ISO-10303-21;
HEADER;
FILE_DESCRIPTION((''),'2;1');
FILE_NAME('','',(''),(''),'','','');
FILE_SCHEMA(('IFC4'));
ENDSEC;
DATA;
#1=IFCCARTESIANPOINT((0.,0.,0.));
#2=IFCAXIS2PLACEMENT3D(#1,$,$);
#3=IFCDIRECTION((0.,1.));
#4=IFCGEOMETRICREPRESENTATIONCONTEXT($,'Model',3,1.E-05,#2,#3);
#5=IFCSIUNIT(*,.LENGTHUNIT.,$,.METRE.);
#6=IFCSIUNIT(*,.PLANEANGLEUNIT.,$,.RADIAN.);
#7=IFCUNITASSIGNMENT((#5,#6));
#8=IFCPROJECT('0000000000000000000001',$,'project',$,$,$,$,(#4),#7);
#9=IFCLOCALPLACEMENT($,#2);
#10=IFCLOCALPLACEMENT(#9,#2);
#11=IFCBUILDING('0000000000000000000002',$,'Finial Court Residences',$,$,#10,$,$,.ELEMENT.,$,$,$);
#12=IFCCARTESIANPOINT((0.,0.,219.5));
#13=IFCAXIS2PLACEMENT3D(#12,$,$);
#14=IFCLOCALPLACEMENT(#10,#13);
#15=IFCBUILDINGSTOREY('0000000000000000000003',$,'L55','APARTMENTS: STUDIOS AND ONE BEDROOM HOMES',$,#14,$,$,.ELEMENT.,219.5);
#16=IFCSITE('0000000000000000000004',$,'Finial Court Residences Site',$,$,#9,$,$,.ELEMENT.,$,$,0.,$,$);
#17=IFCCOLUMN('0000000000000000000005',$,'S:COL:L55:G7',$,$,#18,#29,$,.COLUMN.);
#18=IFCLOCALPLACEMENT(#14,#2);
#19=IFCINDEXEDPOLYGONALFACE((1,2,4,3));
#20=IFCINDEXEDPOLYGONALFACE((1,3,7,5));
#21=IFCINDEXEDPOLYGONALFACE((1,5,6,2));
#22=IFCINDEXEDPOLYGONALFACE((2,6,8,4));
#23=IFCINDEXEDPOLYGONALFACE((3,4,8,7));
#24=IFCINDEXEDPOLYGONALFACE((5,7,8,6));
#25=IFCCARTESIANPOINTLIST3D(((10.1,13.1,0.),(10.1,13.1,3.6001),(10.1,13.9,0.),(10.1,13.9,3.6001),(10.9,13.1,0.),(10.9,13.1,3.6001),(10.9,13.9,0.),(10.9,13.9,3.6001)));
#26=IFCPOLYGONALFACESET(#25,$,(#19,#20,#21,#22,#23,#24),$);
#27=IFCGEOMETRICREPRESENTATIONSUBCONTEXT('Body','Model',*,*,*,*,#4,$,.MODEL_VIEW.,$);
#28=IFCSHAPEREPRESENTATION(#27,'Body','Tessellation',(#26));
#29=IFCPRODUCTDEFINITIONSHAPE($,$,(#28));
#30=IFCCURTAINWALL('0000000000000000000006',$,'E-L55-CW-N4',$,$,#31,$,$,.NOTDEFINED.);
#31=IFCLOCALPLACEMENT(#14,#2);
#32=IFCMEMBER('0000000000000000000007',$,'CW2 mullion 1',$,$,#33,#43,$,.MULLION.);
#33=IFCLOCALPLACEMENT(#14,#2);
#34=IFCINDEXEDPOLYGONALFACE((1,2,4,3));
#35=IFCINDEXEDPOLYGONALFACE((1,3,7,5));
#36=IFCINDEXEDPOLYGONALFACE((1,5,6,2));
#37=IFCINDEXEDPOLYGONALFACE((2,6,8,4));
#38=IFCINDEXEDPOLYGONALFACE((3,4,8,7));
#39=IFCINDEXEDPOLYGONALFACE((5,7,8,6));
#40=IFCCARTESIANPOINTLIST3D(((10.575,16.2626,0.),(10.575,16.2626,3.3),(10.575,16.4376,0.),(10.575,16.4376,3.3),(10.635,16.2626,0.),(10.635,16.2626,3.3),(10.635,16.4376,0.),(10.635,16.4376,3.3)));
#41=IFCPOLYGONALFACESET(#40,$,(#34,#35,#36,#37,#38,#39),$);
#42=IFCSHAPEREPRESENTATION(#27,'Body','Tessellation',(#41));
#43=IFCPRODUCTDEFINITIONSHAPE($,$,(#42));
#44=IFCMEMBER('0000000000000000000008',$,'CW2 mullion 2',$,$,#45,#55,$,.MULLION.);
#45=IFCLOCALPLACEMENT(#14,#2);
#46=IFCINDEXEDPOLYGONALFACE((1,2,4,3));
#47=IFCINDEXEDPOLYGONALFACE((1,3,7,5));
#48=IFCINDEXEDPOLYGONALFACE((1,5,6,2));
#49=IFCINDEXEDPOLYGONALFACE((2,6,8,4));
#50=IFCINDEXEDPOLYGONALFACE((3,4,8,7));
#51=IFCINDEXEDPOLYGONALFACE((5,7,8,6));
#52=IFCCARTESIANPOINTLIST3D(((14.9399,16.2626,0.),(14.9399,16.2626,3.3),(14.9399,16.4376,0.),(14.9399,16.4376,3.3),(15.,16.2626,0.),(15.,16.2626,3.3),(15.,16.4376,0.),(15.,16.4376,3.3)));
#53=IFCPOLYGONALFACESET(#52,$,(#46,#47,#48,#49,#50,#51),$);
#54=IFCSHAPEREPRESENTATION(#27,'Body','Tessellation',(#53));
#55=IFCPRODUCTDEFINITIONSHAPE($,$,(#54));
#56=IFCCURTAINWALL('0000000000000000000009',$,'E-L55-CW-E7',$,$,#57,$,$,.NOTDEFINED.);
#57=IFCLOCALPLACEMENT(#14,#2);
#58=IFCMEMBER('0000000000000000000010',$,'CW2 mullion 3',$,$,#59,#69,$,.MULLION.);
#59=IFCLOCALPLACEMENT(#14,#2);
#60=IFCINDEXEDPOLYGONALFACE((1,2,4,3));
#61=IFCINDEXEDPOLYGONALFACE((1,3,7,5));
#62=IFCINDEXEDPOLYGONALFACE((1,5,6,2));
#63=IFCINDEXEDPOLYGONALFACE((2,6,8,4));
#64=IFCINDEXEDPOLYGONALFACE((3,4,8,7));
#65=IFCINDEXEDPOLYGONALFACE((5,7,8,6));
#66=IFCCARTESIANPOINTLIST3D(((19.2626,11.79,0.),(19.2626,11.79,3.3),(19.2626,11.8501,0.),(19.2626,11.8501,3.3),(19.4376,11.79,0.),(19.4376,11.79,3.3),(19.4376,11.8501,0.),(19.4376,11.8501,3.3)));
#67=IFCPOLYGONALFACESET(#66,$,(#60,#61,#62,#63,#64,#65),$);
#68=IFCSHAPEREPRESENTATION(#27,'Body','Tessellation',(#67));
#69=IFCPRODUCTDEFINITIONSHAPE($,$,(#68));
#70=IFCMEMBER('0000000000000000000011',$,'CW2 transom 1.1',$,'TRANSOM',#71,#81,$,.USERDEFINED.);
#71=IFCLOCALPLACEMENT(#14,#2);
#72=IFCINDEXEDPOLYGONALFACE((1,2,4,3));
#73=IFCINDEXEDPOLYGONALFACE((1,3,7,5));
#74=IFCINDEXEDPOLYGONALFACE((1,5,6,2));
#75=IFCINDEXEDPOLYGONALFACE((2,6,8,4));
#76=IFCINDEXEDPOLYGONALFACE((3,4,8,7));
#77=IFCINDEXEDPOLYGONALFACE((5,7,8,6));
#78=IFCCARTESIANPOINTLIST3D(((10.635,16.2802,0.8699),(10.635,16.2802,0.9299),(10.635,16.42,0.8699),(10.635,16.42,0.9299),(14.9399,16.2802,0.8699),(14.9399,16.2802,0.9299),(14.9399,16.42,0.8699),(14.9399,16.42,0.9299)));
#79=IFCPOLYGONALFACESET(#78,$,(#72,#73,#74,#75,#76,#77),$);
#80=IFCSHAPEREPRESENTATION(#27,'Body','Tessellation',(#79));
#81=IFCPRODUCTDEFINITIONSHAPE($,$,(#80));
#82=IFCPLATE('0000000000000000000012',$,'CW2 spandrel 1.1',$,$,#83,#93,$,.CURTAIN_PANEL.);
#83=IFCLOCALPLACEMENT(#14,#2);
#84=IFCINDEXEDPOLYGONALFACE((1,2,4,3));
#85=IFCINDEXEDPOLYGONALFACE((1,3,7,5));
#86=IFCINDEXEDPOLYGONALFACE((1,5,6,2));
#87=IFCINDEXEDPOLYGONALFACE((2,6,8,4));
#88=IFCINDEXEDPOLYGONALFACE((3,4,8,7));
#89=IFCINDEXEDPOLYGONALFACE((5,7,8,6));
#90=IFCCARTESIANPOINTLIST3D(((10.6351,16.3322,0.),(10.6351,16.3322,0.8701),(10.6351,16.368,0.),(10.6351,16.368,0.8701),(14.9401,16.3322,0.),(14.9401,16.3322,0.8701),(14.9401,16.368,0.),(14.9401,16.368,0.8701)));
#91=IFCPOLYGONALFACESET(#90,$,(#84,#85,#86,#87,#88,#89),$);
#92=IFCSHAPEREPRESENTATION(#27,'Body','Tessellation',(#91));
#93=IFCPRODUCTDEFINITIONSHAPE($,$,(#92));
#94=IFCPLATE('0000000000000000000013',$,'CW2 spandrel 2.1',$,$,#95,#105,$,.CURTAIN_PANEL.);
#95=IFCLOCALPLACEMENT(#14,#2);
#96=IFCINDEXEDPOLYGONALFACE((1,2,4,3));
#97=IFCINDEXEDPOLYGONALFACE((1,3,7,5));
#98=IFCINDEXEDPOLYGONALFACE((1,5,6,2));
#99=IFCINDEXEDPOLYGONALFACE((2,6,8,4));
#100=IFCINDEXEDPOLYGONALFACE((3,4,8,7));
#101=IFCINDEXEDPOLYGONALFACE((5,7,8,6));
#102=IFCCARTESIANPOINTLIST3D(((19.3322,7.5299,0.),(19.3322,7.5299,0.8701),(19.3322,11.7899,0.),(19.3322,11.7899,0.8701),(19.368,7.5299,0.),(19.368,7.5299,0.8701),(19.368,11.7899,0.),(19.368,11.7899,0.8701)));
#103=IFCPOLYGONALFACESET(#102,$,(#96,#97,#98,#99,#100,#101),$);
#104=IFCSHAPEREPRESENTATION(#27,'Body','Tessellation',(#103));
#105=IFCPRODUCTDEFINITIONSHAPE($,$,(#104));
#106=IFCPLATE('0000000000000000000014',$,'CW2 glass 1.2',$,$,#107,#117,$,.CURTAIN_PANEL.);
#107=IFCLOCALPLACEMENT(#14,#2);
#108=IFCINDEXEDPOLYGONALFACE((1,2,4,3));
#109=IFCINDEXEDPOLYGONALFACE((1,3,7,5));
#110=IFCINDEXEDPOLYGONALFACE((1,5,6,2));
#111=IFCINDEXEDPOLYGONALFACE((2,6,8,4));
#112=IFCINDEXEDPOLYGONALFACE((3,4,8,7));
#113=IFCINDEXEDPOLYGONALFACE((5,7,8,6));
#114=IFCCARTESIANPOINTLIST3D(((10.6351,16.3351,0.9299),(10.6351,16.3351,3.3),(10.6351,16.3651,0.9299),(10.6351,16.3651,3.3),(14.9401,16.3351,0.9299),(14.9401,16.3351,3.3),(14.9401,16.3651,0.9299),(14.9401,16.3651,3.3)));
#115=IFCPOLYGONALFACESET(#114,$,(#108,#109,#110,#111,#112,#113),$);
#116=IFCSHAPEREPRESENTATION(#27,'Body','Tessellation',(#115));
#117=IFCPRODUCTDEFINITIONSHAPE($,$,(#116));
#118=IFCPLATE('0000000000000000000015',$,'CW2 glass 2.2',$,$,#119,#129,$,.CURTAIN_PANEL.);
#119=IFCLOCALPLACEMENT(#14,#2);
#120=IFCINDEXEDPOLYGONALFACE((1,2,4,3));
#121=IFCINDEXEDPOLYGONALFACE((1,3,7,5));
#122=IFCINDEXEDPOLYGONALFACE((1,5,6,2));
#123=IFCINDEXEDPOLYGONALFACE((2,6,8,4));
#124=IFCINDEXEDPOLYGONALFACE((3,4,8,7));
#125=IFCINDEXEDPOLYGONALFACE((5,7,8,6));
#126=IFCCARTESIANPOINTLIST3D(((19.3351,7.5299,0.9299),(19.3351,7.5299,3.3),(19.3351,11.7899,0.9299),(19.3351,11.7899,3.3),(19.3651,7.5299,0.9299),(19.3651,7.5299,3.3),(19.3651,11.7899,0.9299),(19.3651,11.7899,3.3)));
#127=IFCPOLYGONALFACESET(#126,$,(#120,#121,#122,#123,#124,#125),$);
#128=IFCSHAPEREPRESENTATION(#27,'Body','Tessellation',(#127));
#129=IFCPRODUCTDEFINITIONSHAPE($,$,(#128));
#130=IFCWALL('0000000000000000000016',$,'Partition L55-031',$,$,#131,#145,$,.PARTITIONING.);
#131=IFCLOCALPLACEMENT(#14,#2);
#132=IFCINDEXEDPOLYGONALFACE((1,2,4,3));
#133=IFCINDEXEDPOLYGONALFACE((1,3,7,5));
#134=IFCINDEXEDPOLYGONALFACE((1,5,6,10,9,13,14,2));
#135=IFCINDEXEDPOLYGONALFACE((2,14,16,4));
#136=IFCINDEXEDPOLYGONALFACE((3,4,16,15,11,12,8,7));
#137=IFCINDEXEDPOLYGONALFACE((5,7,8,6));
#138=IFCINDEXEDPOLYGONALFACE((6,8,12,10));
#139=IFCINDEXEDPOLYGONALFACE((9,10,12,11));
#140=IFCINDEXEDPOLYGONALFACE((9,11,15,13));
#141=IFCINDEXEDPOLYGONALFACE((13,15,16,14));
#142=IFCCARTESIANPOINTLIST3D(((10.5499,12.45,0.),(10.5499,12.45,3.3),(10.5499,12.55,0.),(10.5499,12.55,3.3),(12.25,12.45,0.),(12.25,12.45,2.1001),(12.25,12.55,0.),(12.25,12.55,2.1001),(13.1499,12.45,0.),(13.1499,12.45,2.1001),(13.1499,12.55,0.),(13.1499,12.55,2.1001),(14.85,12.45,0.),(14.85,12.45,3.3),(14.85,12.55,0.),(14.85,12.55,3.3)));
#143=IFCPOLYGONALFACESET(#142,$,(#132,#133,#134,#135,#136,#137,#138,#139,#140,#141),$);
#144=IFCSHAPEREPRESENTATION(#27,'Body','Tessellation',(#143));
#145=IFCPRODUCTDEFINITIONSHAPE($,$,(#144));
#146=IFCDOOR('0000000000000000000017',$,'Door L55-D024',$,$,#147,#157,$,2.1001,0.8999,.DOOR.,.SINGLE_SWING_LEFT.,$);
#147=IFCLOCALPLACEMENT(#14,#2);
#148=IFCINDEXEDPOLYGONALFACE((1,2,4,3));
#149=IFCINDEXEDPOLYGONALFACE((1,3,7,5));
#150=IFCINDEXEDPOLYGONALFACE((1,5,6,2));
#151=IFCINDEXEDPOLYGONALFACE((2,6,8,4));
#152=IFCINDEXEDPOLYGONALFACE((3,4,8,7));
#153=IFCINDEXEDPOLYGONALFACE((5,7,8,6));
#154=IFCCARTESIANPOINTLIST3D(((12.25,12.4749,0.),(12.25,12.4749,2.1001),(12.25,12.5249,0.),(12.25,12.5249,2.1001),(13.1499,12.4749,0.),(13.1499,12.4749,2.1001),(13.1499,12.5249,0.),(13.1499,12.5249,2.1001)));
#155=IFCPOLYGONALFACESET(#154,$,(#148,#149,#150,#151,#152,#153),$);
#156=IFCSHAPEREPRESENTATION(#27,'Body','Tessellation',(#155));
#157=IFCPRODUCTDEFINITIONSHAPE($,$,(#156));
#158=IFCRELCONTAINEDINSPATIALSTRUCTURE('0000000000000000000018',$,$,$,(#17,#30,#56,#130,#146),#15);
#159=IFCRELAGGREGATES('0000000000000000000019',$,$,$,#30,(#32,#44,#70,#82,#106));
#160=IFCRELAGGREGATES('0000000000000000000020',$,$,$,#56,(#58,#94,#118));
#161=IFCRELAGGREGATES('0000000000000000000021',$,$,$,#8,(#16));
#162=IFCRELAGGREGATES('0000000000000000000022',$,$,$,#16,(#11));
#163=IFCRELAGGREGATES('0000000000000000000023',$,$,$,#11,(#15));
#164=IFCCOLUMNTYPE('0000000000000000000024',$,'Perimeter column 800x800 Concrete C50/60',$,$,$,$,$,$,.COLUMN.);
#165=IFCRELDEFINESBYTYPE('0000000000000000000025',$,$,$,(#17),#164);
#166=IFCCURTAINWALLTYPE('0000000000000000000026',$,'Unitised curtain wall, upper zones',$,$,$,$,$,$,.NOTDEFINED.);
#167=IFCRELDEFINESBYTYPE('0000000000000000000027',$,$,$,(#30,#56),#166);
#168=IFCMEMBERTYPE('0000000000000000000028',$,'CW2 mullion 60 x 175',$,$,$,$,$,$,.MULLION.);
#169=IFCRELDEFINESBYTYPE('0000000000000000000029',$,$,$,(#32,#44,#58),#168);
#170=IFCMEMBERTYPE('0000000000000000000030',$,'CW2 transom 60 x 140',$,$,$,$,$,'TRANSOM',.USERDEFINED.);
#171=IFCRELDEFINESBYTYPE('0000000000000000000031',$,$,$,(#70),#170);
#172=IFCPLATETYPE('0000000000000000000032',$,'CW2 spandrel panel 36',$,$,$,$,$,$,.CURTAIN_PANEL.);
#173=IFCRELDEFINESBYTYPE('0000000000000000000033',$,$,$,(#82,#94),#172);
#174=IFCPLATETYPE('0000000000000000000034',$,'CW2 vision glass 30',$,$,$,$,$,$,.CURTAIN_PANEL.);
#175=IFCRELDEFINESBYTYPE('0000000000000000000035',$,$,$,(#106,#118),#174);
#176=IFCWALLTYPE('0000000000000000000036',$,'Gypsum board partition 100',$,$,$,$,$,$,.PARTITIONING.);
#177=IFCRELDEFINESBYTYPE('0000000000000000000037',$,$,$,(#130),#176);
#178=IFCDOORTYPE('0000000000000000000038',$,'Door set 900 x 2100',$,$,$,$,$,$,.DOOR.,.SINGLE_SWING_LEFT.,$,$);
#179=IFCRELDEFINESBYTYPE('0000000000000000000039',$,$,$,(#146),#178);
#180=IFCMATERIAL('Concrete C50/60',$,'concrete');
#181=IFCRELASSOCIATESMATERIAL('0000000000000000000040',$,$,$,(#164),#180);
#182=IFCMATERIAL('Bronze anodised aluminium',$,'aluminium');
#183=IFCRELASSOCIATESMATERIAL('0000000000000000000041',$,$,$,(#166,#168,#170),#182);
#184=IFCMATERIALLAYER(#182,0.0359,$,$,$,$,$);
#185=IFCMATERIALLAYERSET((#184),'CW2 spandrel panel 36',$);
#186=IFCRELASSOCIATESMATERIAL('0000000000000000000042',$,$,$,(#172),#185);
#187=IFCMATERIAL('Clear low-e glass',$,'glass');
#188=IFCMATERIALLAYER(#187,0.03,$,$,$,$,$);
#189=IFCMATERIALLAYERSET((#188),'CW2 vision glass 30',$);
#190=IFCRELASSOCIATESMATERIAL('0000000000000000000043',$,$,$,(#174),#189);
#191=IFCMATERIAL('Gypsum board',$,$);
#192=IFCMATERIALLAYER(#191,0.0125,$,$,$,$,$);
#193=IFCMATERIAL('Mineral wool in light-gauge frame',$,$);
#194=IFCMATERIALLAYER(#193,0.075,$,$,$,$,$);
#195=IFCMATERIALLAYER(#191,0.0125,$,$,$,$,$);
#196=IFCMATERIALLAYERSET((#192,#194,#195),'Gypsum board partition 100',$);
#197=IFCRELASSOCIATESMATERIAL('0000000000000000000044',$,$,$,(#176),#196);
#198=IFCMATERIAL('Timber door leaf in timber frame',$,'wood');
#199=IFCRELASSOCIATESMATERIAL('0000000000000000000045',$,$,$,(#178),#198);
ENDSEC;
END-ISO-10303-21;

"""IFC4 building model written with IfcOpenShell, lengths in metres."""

from ifc_helpers import new_model, si_unit, direction, frame, frame_2d, origin, origin_2d, place, context, subcontext, project, spatial, rectangle, extrude, material, layer, layer_set, material_profile, profile_set, type_object, element, fill, aggregate, save


model = new_model("IFC4")

# Units and contexts
model_context = context("Model", 3, precision=1e-05, world=origin(), true_north=direction((0.0, 1.0)))
body_context = subcontext(model_context, "Body", "Model", "MODEL_VIEW")
ifc_project = project(units=[si_unit("LENGTHUNIT", "METRE"), si_unit("PLANEANGLEUNIT", "RADIAN")], contexts=[model_context])

# Site, building, storey
site_placement = place(None, origin())
site = spatial("IfcSite", under=ifc_project, at=site_placement, Name="Finial Court Residences Site", CompositionType="ELEMENT", RefElevation=0.0)
building_placement = place(site_placement, origin())
building = spatial("IfcBuilding", under=site, at=building_placement, Name="Finial Court Residences", CompositionType="ELEMENT")
storey_placement = place(building_placement, frame((0.0, 0.0, 219.5)))
storey = spatial("IfcBuildingStorey", under=building, at=storey_placement, Name="L55", Description="APARTMENTS: STUDIOS AND ONE BEDROOM HOMES", CompositionType="ELEMENT", Elevation=219.5)

# Column
ifc_material_1 = material(Name="Concrete C50/60", Category="concrete")
ifc_material_profile_1 = material_profile(ifc_material_1, rectangle(XDim=0.8, YDim=0.8, at=origin_2d()), Name="800x800")
ifc_profile_set_1 = profile_set([ifc_material_profile_1], Name="Concrete C50/60")
column_type = type_object("IfcColumnType", Name="Perimeter column 800x800 Concrete C50/60", PredefinedType="COLUMN", material=ifc_profile_set_1)
column_placement = place(storey_placement, frame((10.5, 13.5, 0.0), z_axis=(0.0, 0.0, 1.0), x_axis=(1.0, 0.0, 0.0)))
element("IfcColumn", 1, at=column_placement, inside=storey, type_object=column_type, Name="S:COL:L55:G7", PredefinedType="COLUMN", context=body_context, shape_type="SweptSolid", body=[
    extrude(rectangle(XDim=0.8, YDim=0.8, at=origin_2d()), origin(), (0.0, 0.0, 1.0), 3.6001),
])

# Curtain wall, members
ifc_material_2 = material(Name="Bronze anodised aluminium", Category="aluminium")
curtain_wall_type = type_object("IfcCurtainWallType", Name="Unitised curtain wall, upper zones", PredefinedType="NOTDEFINED", material=ifc_material_2)
curtain_wall_1_placement = place(storey_placement, origin())
curtain_wall_1 = element("IfcCurtainWall", 2, at=curtain_wall_1_placement, inside=storey, type_object=curtain_wall_type, Name="E-L55-CW-N4", PredefinedType="NOTDEFINED")
ifc_material_profile_2 = material_profile(ifc_material_2, rectangle(XDim=0.175, YDim=0.0601, at=origin_2d()), Name="CW2 mullion 60 x 175")
ifc_profile_set_2 = profile_set([ifc_material_profile_2], Name="Bronze anodised aluminium")
member_type_1 = type_object("IfcMemberType", Name="CW2 mullion 60 x 175", PredefinedType="MULLION", material=ifc_profile_set_2)
member_1_placement = place(storey_placement, frame((10.605, 16.3501, 0.0), z_axis=(0.0, 0.0, 1.0), x_axis=(0.0, 1.0, 0.0)))
member_1 = element("IfcMember", 3, at=member_1_placement, type_object=member_type_1, Name="CW2 mullion 1", PredefinedType="MULLION", context=body_context, shape_type="SweptSolid", body=[
    extrude(rectangle(XDim=0.175, YDim=0.0601, at=origin_2d()), origin(), (0.0, 0.0, 1.0), 3.3),
])
member_2_placement = place(storey_placement, frame((14.97, 16.3501, 0.0), z_axis=(0.0, 0.0, 1.0), x_axis=(0.0, 1.0, 0.0)))
member_2 = element("IfcMember", 4, at=member_2_placement, type_object=member_type_1, Name="CW2 mullion 2", PredefinedType="MULLION", context=body_context, shape_type="SweptSolid", body=[
    extrude(rectangle(XDim=0.175, YDim=0.0601, at=origin_2d()), origin(), (0.0, 0.0, 1.0), 3.3),
])

# Curtain wall, member
curtain_wall_2_placement = place(storey_placement, origin())
curtain_wall_2 = element("IfcCurtainWall", 5, at=curtain_wall_2_placement, inside=storey, type_object=curtain_wall_type, Name="E-L55-CW-E7", PredefinedType="NOTDEFINED")
member_3_placement = place(storey_placement, frame((19.3501, 11.8201, 0.0), z_axis=(0.0, 0.0, 1.0), x_axis=(-1.0, 0.0, 0.0)))
member_3 = element("IfcMember", 6, at=member_3_placement, type_object=member_type_1, Name="CW2 mullion 3", PredefinedType="MULLION", context=body_context, shape_type="SweptSolid", body=[
    extrude(rectangle(XDim=0.175, YDim=0.0601, at=origin_2d()), origin(), (0.0, 0.0, 1.0), 3.3),
])

# Member
ifc_material_profile_3 = material_profile(ifc_material_2, rectangle(XDim=0.1399, YDim=0.0601, at=origin_2d()), Name="CW2 transom 60 x 140")
ifc_profile_set_3 = profile_set([ifc_material_profile_3], Name="Bronze anodised aluminium")
member_type_2 = type_object("IfcMemberType", Name="CW2 transom 60 x 140", ElementType="TRANSOM", PredefinedType="USERDEFINED", material=ifc_profile_set_3)
member_4_placement = place(storey_placement, frame((10.635, 16.3501, 0.8999), z_axis=(1.0, 0.0, 0.0), x_axis=(0.0, 1.0, 0.0)))
member_4 = element("IfcMember", 7, at=member_4_placement, type_object=member_type_2, Name="CW2 transom 1.1", ObjectType="TRANSOM", PredefinedType="USERDEFINED", context=body_context, shape_type="SweptSolid", body=[
    extrude(rectangle(XDim=0.1399, YDim=0.0601, at=origin_2d()), origin(), (0.0, 0.0, 1.0), 4.3049),
])

# Plates
ifc_layer_1 = layer(ifc_material_2, 0.0359)
ifc_layer_set_1 = layer_set([ifc_layer_1], Name="CW2 spandrel panel 36")
plate_type_1 = type_object("IfcPlateType", Name="CW2 spandrel panel 36", PredefinedType="CURTAIN_PANEL", material=ifc_layer_set_1)
plate_1_placement = place(storey_placement, frame((12.7876, 16.3501, 0.0), z_axis=(0.0, 0.0, 1.0), x_axis=(1.0, 0.0, 0.0)))
plate_1 = element("IfcPlate", 8, at=plate_1_placement, type_object=plate_type_1, Name="CW2 spandrel 1.1", PredefinedType="CURTAIN_PANEL", context=body_context, shape_type="SweptSolid", body=[
    extrude(rectangle(XDim=4.3049, YDim=0.0359, at=origin_2d()), origin(), (0.0, 0.0, 1.0), 0.8701),
])
plate_2_placement = place(storey_placement, frame((19.3501, 9.6599, 0.0), z_axis=(0.0, 0.0, 1.0), x_axis=(0.0, 1.0, 0.0)))
plate_2 = element("IfcPlate", 9, at=plate_2_placement, type_object=plate_type_1, Name="CW2 spandrel 2.1", PredefinedType="CURTAIN_PANEL", context=body_context, shape_type="SweptSolid", body=[
    extrude(rectangle(XDim=4.26, YDim=0.0359, at=origin_2d()), origin(), (0.0, 0.0, 1.0), 0.8701),
])
ifc_material_3 = material(Name="Clear low-e glass", Category="glass")
ifc_layer_2 = layer(ifc_material_3, 0.03)
ifc_layer_set_2 = layer_set([ifc_layer_2], Name="CW2 vision glass 30")
plate_type_2 = type_object("IfcPlateType", Name="CW2 vision glass 30", PredefinedType="CURTAIN_PANEL", material=ifc_layer_set_2)
plate_3_placement = place(storey_placement, frame((12.7876, 16.3501, 0.9299), z_axis=(0.0, 0.0, 1.0), x_axis=(1.0, 0.0, 0.0)))
plate_3 = element("IfcPlate", 10, at=plate_3_placement, type_object=plate_type_2, Name="CW2 glass 1.2", PredefinedType="CURTAIN_PANEL", context=body_context, shape_type="SweptSolid", body=[
    extrude(rectangle(XDim=4.3049, YDim=0.03, at=origin_2d()), origin(), (0.0, 0.0, 1.0), 2.3701),
])
aggregate(curtain_wall_1, [member_1, member_2, member_4, plate_1, plate_3])
plate_4_placement = place(storey_placement, frame((19.3501, 9.6599, 0.9299), z_axis=(0.0, 0.0, 1.0), x_axis=(0.0, 1.0, 0.0)))
plate_4 = element("IfcPlate", 11, at=plate_4_placement, type_object=plate_type_2, Name="CW2 glass 2.2", PredefinedType="CURTAIN_PANEL", context=body_context, shape_type="SweptSolid", body=[
    extrude(rectangle(XDim=4.26, YDim=0.03, at=origin_2d()), origin(), (0.0, 0.0, 1.0), 2.3701),
])
aggregate(curtain_wall_2, [member_3, plate_2, plate_4])

# Wall, opening, door
ifc_material_4 = material(Name="Gypsum board")
ifc_layer_3 = layer(ifc_material_4, 0.0125)
ifc_material_5 = material(Name="Mineral wool in light-gauge frame")
ifc_layer_4 = layer(ifc_material_5, 0.075)
ifc_layer_5 = layer(ifc_material_4, 0.0125)
ifc_layer_set_3 = layer_set([ifc_layer_3, ifc_layer_4, ifc_layer_5], Name="Gypsum board partition 100")
wall_type_1 = type_object("IfcWallType", Name="Gypsum board partition 100", PredefinedType="PARTITIONING", material=ifc_layer_set_3)
wall_1_placement = place(storey_placement, frame((10.55, 12.5, 0.0), z_axis=(0.0, 0.0, 1.0), x_axis=(1.0, 0.0, 0.0)))
wall_1 = element("IfcWall", 12, at=wall_1_placement, inside=storey, type_object=wall_type_1, Name="Partition L55-031", PredefinedType="PARTITIONING", context=body_context, shape_type="SweptSolid", body=[
    extrude(rectangle(XDim=4.3, YDim=0.1001, at=frame_2d((2.1499, 0.0))), origin(), (0.0, 0.0, 1.0), 3.3),
])
opening_1_placement = place(wall_1_placement, frame((1.7, 0.0, 0.0)))
opening_1 = element("IfcOpeningElement", 13, at=opening_1_placement, cuts=wall_1, PredefinedType="OPENING", context=body_context, shape_type="SweptSolid", body=[
    extrude(rectangle(XDim=0.8999, YDim=2.1001, at=frame_2d((0.45, 1.05))), frame((0.0, 0.0601, 0.0), z_axis=(0.0, -1.0, 0.0), x_axis=(1.0, 0.0, 0.0)), (0.0, 0.0, 1.0), 0.1201),
])
ifc_material_6 = material(Name="Timber door leaf in timber frame", Category="wood")
door_type = type_object("IfcDoorType", Name="Door set 900 x 2100", OperationType="SINGLE_SWING_LEFT", PredefinedType="DOOR", material=ifc_material_6)
door_placement = place(opening_1_placement, origin())
door = element("IfcDoor", 14, at=door_placement, inside=storey, type_object=door_type, Name="Door L55-D024", OperationType="SINGLE_SWING_LEFT", OverallHeight=2.1001, OverallWidth=0.8999, PredefinedType="DOOR", context=body_context, shape_type="SweptSolid", body=[
    extrude(rectangle(XDim=0.8999, YDim=2.1001, at=frame_2d((0.45, 1.05))), frame((0.0, 0.0249, 0.0), z_axis=(0.0, -1.0, 0.0), x_axis=(1.0, 0.0, 0.0)), (0.0, 0.0, 1.0), 0.05),
])
fill(opening_1, door)

save(model, "model.ifc")
